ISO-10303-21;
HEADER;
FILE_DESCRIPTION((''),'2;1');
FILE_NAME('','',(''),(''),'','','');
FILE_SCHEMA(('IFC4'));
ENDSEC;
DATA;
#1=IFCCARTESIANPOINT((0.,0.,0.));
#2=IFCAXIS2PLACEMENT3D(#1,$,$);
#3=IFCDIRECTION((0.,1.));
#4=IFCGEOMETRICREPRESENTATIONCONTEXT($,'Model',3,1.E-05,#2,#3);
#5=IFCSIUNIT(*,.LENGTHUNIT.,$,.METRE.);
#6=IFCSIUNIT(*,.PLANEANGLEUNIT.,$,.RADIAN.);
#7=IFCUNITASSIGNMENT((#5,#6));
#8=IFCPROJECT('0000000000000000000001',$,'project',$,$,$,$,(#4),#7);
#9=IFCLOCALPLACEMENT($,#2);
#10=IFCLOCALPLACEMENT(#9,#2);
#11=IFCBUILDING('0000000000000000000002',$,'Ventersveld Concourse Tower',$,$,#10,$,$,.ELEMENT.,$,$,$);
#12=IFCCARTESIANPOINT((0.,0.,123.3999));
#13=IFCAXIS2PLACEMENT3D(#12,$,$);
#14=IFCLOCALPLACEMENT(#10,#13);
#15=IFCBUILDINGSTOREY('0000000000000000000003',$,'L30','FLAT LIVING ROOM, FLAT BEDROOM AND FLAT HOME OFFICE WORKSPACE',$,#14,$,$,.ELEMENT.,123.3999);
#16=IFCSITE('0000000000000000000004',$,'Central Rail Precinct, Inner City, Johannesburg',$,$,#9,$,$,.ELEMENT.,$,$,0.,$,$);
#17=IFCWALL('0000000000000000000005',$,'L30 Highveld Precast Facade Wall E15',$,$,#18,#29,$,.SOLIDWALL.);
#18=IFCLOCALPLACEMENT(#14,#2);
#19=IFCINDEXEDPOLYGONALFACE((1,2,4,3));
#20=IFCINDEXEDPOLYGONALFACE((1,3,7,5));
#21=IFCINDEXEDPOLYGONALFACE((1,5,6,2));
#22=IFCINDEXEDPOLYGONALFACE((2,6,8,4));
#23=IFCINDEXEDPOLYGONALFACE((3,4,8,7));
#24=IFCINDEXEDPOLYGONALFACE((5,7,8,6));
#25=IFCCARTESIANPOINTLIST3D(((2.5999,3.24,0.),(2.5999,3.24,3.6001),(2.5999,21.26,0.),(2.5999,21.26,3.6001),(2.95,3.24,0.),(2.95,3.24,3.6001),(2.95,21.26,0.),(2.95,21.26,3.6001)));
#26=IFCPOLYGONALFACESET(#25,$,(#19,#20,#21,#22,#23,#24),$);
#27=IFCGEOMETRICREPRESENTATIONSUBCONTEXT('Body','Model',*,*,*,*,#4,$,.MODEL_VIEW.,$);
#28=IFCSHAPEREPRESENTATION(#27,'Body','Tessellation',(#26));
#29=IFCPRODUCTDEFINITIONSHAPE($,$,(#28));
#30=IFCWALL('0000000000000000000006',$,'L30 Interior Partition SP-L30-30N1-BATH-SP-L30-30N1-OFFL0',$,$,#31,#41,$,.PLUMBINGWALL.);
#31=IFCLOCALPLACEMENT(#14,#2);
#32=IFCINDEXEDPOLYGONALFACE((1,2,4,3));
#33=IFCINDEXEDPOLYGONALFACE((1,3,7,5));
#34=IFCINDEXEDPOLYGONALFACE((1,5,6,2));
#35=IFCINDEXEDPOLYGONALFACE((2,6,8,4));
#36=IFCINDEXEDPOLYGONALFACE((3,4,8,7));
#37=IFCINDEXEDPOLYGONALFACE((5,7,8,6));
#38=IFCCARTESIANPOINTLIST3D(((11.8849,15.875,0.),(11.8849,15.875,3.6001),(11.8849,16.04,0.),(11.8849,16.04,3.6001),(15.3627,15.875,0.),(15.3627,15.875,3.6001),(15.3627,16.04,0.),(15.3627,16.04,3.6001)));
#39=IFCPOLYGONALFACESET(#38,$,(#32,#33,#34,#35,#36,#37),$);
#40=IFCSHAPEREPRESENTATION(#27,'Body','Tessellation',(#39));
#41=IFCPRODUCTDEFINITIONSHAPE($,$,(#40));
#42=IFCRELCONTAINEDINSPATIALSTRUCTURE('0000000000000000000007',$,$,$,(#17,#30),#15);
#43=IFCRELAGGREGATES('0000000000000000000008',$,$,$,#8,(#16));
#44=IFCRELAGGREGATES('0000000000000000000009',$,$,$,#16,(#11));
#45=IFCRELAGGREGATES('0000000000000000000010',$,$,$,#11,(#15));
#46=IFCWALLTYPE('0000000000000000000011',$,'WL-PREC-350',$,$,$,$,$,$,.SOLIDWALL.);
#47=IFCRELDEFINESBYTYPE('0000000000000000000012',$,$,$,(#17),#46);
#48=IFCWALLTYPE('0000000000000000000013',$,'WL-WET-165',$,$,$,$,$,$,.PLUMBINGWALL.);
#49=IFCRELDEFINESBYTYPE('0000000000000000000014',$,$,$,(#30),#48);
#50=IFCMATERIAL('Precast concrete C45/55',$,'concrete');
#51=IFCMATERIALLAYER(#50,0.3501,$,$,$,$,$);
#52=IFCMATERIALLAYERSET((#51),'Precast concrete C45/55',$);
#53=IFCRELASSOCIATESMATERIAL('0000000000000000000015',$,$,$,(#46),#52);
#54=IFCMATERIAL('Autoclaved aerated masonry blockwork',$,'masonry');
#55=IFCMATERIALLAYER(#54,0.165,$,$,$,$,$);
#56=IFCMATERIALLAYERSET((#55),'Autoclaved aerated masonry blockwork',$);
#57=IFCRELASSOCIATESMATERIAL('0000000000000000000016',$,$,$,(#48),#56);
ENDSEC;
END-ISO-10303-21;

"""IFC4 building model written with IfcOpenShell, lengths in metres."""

from ifc_helpers import new_model, si_unit, direction, frame, frame_2d, origin, place, context, subcontext, project, spatial, rectangle, extrude, material, layer, layer_set, type_object, element, save


model = new_model("IFC4")

# Units and contexts
model_context = context("Model", 3, precision=1e-05, world=origin(), true_north=direction((0.0, 1.0)))
body_context = subcontext(model_context, "Body", "Model", "MODEL_VIEW")
ifc_project = project(units=[si_unit("LENGTHUNIT", "METRE"), si_unit("PLANEANGLEUNIT", "RADIAN")], contexts=[model_context])

# Site, building, storey
site_placement = place(None, origin())
site = spatial("IfcSite", under=ifc_project, at=site_placement, Name="Central Rail Precinct, Inner City, Johannesburg", CompositionType="ELEMENT", RefElevation=0.0)
building_placement = place(site_placement, origin())
building = spatial("IfcBuilding", under=site, at=building_placement, Name="Ventersveld Concourse Tower", CompositionType="ELEMENT")
storey_placement = place(building_placement, frame((0.0, 0.0, 123.3999)))
storey = spatial("IfcBuildingStorey", under=building, at=storey_placement, Name="L30", Description="FLAT LIVING ROOM, FLAT BEDROOM AND FLAT HOME OFFICE WORKSPACE", CompositionType="ELEMENT", Elevation=123.3999)

# Shared definitions
ifc_material_1 = material(Name="Autoclaved aerated masonry blockwork", Category="masonry")

# Walls
ifc_material_2 = material(Name="Precast concrete C45/55", Category="concrete")
ifc_layer_1 = layer(ifc_material_2, 0.3501)
ifc_layer_set_1 = layer_set([ifc_layer_1], Name="Precast concrete C45/55")
wall_type_1 = type_object("IfcWallType", Name="WL-PREC-350", PredefinedType="SOLIDWALL", material=ifc_layer_set_1)
wall_1_placement = place(storey_placement, frame((2.7749, 21.26, 0.0), z_axis=(0.0, 0.0, 1.0), x_axis=(0.0, -1.0, 0.0)))
element("IfcWall", 1, at=wall_1_placement, inside=storey, type_object=wall_type_1, Name="L30 Highveld Precast Facade Wall E15", PredefinedType="SOLIDWALL", context=body_context, shape_type="SweptSolid", body=[
    extrude(rectangle(XDim=18.02, YDim=0.3501, at=frame_2d((9.01, 0.0))), origin(), (0.0, 0.0, 1.0), 3.6001),
])
ifc_layer_2 = layer(ifc_material_1, 0.165)
ifc_layer_set_2 = layer_set([ifc_layer_2], Name="Autoclaved aerated masonry blockwork")
wall_type_2 = type_object("IfcWallType", Name="WL-WET-165", PredefinedType="PLUMBINGWALL", material=ifc_layer_set_2)
wall_2_placement = place(storey_placement, frame((11.885, 15.9575, 0.0), z_axis=(0.0, 0.0, 1.0), x_axis=(1.0, 0.0, 0.0)))
element("IfcWall", 2, at=wall_2_placement, inside=storey, type_object=wall_type_2, Name="L30 Interior Partition SP-L30-30N1-BATH-SP-L30-30N1-OFFL0", PredefinedType="PLUMBINGWALL", context=body_context, shape_type="SweptSolid", body=[
    extrude(rectangle(XDim=3.4778, YDim=0.165, at=frame_2d((1.7388, 0.0))), origin(), (0.0, 0.0, 1.0), 3.6001),
])

save(model, "model.ifc")
